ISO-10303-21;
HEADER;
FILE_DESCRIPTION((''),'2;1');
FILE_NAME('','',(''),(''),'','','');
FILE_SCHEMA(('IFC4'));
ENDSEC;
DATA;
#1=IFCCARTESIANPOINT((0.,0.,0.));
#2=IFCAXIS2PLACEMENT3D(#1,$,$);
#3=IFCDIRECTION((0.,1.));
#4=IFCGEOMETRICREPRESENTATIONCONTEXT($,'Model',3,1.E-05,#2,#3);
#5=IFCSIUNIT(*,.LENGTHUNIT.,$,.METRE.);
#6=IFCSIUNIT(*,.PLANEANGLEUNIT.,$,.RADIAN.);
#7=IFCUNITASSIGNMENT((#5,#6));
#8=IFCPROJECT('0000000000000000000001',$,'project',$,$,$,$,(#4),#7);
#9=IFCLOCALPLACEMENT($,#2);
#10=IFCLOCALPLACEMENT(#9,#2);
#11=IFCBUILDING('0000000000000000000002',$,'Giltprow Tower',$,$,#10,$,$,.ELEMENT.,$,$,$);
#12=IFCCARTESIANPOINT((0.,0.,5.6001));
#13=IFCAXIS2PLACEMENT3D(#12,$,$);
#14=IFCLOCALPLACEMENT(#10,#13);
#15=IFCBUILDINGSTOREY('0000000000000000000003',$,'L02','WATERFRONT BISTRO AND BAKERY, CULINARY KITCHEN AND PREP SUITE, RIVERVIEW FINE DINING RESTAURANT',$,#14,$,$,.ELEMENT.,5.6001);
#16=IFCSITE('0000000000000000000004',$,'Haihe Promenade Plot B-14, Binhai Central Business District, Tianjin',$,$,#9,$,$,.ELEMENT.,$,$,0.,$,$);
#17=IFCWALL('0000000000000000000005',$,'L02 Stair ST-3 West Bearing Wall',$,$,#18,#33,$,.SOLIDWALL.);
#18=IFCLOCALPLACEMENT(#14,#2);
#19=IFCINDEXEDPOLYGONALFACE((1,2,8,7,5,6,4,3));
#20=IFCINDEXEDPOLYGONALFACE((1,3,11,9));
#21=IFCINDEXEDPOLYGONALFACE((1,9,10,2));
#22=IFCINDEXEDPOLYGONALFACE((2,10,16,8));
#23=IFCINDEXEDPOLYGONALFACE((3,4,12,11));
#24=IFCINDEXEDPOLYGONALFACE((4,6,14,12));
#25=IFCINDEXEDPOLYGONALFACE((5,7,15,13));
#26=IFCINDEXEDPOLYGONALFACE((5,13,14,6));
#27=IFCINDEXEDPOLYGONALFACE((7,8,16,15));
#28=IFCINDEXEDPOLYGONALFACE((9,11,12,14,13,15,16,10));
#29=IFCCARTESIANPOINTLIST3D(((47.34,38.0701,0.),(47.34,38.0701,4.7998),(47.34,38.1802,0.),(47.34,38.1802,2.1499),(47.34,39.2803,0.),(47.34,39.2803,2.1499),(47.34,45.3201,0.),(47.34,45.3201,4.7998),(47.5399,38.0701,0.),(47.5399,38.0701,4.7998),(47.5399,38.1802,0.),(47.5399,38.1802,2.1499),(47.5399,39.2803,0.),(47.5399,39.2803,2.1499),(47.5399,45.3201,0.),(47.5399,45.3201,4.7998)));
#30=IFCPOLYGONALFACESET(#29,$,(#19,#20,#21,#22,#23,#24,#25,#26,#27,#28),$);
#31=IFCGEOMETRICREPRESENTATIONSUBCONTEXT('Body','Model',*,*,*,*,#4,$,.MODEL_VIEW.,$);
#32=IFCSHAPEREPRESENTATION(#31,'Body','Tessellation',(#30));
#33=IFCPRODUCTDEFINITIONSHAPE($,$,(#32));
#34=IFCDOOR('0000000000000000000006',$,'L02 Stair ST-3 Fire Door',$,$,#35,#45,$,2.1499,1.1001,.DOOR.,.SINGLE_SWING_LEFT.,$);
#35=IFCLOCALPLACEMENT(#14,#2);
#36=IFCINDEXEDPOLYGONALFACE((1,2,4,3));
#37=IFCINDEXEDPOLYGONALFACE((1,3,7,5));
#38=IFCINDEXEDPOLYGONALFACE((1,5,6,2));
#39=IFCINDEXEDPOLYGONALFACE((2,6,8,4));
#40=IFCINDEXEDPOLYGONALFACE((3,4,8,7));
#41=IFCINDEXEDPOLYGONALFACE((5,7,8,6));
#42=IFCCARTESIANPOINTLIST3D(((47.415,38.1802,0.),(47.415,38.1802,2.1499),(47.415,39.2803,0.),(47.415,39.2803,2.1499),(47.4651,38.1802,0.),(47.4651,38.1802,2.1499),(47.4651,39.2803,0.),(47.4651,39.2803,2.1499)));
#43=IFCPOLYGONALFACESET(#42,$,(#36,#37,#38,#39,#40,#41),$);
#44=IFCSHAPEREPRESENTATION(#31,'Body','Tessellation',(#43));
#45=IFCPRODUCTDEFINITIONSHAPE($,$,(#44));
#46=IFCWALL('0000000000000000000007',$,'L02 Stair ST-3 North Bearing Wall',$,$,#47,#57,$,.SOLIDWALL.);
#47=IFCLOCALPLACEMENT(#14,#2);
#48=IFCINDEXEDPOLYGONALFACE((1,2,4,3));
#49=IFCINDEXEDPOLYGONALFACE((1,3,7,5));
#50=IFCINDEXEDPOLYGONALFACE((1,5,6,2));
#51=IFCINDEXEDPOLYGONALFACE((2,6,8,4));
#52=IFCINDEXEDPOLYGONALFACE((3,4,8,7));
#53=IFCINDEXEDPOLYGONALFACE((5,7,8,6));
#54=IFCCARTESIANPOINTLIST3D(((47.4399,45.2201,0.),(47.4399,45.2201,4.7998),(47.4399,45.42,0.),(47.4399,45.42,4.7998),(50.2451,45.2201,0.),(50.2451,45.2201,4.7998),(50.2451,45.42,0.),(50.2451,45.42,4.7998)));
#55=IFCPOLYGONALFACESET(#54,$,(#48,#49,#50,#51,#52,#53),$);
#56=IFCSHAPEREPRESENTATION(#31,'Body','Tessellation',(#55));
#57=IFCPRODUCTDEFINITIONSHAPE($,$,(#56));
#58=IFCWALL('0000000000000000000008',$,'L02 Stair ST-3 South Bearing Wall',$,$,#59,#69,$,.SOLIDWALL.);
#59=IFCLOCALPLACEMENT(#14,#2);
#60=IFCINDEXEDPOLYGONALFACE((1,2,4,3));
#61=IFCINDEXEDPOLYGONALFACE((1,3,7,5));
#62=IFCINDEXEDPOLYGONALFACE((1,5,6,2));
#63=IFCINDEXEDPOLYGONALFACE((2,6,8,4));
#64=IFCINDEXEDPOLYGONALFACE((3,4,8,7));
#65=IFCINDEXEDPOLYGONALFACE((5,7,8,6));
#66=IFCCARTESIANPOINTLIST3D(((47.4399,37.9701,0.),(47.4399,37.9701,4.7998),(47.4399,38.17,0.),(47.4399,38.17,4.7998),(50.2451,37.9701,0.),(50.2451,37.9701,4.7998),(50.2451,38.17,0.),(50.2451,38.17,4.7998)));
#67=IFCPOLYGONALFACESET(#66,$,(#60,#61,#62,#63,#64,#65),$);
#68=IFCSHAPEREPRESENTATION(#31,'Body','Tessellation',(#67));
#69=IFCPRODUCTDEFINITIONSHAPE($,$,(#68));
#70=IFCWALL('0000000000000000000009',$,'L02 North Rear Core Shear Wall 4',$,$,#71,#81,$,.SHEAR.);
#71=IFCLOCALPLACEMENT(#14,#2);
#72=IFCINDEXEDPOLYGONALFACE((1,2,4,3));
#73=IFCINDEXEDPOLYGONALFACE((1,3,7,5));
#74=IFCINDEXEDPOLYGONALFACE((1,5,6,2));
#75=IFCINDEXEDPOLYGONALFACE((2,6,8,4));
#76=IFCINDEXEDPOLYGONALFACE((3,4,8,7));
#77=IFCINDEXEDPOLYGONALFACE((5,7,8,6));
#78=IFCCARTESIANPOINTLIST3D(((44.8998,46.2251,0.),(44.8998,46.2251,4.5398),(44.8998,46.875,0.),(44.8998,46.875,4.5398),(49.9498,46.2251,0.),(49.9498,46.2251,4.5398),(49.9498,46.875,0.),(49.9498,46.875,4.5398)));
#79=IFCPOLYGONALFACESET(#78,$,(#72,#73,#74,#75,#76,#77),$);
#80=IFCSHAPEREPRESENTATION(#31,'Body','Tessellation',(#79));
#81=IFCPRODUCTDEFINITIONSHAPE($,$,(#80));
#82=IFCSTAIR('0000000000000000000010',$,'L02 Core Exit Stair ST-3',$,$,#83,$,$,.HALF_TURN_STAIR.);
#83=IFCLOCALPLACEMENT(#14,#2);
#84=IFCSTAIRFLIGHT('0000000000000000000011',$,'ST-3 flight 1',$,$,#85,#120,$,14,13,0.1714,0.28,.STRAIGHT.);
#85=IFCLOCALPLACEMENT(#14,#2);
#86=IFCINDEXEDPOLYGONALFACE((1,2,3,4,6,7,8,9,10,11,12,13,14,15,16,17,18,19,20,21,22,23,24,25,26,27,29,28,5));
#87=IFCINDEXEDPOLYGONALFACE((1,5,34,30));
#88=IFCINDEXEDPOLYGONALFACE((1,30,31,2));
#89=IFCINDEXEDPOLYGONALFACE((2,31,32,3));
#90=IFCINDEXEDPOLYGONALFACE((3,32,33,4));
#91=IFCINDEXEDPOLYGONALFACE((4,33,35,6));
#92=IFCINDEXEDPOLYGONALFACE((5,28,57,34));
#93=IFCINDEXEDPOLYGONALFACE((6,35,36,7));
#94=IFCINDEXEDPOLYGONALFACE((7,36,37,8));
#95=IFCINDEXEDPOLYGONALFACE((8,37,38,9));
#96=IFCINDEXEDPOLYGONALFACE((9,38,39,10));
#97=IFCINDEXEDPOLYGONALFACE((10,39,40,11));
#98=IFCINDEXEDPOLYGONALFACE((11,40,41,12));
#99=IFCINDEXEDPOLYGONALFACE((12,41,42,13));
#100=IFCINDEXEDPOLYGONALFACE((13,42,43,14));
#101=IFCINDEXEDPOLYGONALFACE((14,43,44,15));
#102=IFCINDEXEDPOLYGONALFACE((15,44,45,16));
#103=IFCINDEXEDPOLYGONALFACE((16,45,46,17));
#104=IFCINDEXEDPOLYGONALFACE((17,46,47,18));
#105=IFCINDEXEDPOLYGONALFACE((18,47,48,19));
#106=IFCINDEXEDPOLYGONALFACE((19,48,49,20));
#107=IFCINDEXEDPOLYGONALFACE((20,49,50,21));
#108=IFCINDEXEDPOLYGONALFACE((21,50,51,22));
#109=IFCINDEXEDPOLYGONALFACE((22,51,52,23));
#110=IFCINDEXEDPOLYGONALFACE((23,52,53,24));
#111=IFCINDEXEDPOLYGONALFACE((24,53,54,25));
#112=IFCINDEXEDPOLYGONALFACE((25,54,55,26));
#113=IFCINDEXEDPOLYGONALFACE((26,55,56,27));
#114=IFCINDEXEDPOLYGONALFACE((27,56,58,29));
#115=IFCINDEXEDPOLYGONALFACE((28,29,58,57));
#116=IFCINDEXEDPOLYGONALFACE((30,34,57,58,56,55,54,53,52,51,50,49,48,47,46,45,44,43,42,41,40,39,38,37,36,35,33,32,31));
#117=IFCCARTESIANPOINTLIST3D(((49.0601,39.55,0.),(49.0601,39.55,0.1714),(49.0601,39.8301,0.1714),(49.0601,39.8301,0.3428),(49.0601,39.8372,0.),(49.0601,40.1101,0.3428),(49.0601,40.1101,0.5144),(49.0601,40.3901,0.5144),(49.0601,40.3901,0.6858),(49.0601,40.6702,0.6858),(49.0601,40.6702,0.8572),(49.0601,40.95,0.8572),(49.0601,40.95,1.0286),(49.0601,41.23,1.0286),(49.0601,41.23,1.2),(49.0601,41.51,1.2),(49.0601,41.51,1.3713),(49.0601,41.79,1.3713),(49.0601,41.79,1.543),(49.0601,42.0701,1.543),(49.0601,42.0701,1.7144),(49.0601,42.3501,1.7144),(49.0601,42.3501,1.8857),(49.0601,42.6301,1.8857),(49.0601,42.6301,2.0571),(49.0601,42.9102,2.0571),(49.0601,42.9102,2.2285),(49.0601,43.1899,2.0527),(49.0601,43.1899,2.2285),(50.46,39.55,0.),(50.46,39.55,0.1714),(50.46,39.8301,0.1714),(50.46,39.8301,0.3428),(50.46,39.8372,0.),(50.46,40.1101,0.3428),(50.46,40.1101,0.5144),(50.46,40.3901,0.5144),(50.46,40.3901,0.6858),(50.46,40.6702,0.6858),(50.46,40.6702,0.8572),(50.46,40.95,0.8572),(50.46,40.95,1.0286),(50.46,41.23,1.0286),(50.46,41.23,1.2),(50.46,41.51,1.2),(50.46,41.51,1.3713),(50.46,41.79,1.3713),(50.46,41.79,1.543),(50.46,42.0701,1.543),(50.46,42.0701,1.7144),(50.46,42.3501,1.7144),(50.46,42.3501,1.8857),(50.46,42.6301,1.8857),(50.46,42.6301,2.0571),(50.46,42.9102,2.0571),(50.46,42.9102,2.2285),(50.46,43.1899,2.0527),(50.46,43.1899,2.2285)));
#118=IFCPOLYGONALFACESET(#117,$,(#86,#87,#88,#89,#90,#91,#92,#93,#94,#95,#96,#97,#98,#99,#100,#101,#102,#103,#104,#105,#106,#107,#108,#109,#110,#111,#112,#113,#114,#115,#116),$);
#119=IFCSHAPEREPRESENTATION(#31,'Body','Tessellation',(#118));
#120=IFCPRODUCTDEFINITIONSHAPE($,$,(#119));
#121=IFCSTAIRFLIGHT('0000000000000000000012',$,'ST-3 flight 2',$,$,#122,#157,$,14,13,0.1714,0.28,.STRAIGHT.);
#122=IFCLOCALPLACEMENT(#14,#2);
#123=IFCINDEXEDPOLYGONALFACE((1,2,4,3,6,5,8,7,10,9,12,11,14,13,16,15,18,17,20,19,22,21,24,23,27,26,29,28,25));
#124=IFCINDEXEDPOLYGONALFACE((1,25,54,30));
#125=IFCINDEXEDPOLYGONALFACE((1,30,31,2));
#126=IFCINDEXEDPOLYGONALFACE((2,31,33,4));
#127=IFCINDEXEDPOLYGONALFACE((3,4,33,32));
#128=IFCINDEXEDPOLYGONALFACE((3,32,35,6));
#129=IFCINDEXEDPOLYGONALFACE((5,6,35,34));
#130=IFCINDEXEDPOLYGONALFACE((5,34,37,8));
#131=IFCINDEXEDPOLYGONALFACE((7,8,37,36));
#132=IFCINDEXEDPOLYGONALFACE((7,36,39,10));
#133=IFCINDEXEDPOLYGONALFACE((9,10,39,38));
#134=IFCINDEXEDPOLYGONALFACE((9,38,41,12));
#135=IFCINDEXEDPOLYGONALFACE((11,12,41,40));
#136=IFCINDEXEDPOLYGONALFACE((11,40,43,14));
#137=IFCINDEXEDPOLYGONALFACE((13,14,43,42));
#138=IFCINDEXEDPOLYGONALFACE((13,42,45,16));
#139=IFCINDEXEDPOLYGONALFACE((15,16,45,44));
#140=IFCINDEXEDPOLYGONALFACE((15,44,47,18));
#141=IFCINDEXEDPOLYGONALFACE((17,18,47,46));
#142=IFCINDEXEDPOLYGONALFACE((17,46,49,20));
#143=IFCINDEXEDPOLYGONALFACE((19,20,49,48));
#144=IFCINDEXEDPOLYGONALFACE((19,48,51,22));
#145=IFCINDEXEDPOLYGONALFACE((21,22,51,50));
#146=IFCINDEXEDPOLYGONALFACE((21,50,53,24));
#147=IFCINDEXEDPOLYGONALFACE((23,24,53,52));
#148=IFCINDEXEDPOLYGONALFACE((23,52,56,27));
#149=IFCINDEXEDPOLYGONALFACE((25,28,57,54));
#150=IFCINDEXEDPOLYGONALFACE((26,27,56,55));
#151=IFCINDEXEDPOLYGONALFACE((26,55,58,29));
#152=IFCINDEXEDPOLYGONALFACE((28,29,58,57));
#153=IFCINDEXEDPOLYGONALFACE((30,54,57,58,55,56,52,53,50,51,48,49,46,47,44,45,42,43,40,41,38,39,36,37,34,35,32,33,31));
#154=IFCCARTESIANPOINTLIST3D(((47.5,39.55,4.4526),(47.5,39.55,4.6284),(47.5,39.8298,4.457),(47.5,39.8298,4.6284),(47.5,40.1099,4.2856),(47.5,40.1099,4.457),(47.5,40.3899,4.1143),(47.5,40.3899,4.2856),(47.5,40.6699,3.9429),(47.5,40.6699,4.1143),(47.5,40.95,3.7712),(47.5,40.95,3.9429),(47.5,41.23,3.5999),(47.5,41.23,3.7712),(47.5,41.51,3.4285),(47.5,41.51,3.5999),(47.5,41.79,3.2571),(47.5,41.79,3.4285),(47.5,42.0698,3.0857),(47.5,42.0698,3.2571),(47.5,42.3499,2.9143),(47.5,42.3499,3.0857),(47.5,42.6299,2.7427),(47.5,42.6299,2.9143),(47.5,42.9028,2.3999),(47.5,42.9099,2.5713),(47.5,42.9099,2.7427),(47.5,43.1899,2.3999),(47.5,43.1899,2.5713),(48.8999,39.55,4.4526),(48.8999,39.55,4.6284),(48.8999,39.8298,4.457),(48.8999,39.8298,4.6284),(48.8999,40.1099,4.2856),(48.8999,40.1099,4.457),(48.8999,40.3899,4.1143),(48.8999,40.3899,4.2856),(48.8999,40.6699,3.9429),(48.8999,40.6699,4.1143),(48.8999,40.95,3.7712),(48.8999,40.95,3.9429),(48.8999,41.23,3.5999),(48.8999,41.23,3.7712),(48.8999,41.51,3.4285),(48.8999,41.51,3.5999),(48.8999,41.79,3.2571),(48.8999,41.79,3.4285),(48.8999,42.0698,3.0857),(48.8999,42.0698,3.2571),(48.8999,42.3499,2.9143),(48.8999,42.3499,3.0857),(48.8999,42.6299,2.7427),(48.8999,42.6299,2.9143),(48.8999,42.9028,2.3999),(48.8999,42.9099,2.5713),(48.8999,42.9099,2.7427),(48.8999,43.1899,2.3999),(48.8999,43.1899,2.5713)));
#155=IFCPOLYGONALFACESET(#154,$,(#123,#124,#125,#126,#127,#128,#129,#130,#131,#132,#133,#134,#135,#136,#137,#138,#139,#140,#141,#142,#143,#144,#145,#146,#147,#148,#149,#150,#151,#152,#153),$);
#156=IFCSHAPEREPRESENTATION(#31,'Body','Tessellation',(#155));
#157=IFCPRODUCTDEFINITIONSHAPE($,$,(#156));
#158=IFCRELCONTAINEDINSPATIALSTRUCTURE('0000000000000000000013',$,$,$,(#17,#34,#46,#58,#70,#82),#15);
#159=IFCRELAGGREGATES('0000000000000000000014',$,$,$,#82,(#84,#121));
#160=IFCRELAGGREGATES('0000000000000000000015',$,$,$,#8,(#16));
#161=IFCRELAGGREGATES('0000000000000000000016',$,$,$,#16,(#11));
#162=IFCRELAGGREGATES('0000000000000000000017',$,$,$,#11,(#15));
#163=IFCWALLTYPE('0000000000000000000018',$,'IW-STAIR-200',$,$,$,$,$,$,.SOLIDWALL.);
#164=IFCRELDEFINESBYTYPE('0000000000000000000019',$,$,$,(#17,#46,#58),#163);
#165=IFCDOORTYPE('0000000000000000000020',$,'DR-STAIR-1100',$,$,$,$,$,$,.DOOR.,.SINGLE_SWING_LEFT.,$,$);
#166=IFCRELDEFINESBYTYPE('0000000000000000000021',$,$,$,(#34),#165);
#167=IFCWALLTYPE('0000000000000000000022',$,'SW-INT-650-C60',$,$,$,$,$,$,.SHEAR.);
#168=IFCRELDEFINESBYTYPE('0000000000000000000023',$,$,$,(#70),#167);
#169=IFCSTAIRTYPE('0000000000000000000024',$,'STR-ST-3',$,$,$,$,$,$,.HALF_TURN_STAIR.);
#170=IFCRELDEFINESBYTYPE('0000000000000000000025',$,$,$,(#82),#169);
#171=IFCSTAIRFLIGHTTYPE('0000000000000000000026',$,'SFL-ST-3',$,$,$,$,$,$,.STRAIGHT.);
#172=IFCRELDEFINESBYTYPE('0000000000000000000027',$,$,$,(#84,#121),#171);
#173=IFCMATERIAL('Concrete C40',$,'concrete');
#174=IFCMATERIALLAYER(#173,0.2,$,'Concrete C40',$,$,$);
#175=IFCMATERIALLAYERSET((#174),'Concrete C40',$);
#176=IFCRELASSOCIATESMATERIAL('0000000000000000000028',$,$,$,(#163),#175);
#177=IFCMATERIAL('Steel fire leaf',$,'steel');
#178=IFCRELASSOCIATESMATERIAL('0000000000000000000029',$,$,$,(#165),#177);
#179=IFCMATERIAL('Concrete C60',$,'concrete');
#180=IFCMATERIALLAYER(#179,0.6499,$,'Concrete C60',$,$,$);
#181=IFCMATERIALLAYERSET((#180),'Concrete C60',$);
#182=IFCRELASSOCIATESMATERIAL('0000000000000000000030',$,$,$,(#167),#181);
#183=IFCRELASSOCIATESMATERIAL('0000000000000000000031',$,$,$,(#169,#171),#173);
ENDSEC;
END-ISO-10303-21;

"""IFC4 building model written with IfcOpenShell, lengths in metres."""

from ifc_helpers import new_model, si_unit, direction, frame, frame_2d, origin, place, context, subcontext, project, spatial, polyline, rectangle, outline, extrude, source, transform, mapped, material, layer, layer_set, type_object, element, fill, aggregate, save


model = new_model("IFC4")

# Units and contexts
model_context = context("Model", 3, precision=1e-05, world=origin(), true_north=direction((0.0, 1.0)))
body_context = subcontext(model_context, "Body", "Model", "MODEL_VIEW")
ifc_project = project(units=[si_unit("LENGTHUNIT", "METRE"), si_unit("PLANEANGLEUNIT", "RADIAN")], contexts=[model_context])

# Site, building, storey
site_placement = place(None, origin())
site = spatial("IfcSite", under=ifc_project, at=site_placement, Name="Haihe Promenade Plot B-14, Binhai Central Business District, Tianjin", CompositionType="ELEMENT", RefElevation=0.0)
building_placement = place(site_placement, origin())
building = spatial("IfcBuilding", under=site, at=building_placement, Name="Giltprow Tower", CompositionType="ELEMENT")
storey_placement = place(building_placement, frame((0.0, 0.0, 5.6001)))
storey = spatial("IfcBuildingStorey", under=building, at=storey_placement, Name="L02", Description="WATERFRONT BISTRO AND BAKERY, CULINARY KITCHEN AND PREP SUITE, RIVERVIEW FINE DINING RESTAURANT", CompositionType="ELEMENT", Elevation=5.6001)

# Shared definitions
ifc_material_1 = material(Name="Concrete C40", Category="concrete")

# Wall, opening, door
ifc_layer_1 = layer(ifc_material_1, 0.2, Name="Concrete C40")
ifc_layer_set_1 = layer_set([ifc_layer_1], Name="Concrete C40")
wall_type_1 = type_object("IfcWallType", Name="IW-STAIR-200", PredefinedType="SOLIDWALL", material=ifc_layer_set_1)
wall_1_placement = place(storey_placement, frame((47.4399, 38.0701, 0.0), z_axis=(0.0, 0.0, 1.0), x_axis=(0.0, 1.0, 0.0)))
wall_1 = element("IfcWall", 1, at=wall_1_placement, inside=storey, type_object=wall_type_1, Name="L02 Stair ST-3 West Bearing Wall", PredefinedType="SOLIDWALL", context=body_context, shape_type="SweptSolid", body=[
    extrude(rectangle(XDim=7.25, YDim=0.2, at=frame_2d((3.625, 0.0))), origin(), (0.0, 0.0, 1.0), 4.7998),
])
opening_1_placement = place(wall_1_placement, frame((0.1101, 0.0, 0.0)))
opening_1 = element("IfcOpeningElement", 2, at=opening_1_placement, cuts=wall_1, PredefinedType="OPENING", context=body_context, shape_type="SweptSolid", body=[
    extrude(rectangle(XDim=1.1001, YDim=2.1499, at=frame_2d((0.55, 1.075))), frame((0.0, 0.1099, 0.0), z_axis=(0.0, -1.0, 0.0), x_axis=(1.0, 0.0, 0.0)), (0.0, 0.0, 1.0), 0.22),
])
ifc_material_2 = material(Name="Steel fire leaf", Category="steel")
door_type_1 = type_object("IfcDoorType", Name="DR-STAIR-1100", OperationType="SINGLE_SWING_LEFT", PredefinedType="DOOR", material=ifc_material_2)
shared_shape_1 = source(origin(), body_context, "Body", "SweptSolid", [
    extrude(rectangle(XDim=1.1001, YDim=2.1499, at=frame_2d((0.55, 1.075))), frame((0.0, 0.0249, 0.0), z_axis=(0.0, -1.0, 0.0), x_axis=(1.0, 0.0, 0.0)), (0.0, 0.0, 1.0), 0.05),
])
door_1_placement = place(opening_1_placement, origin())
door_1 = element("IfcDoor", 3, at=door_1_placement, inside=storey, type_object=door_type_1, Name="L02 Stair ST-3 Fire Door", OperationType="SINGLE_SWING_LEFT", OverallHeight=2.1499, OverallWidth=1.1001, PredefinedType="DOOR", context=body_context, shape_type="MappedRepresentation", body=[
    mapped(shared_shape_1, transform((0.0, 0.0, 0.0), x_axis=(1.0, 0.0, 0.0), y_axis=(0.0, 1.0, 0.0), z_axis=(0.0, 0.0, 1.0), scale=1.0)),
])
fill(opening_1, door_1)

# Walls
for number, where, z_axis, x_axis, name in (
    (4, (47.4399, 45.3201, 0.0), (0.0, 0.0, 1.0), (1.0, 0.0, 0.0), "L02 Stair ST-3 North Bearing Wall"),
    (5, (47.4399, 38.0701, 0.0), (0.0, 0.0, 1.0), (1.0, 0.0, 0.0), "L02 Stair ST-3 South Bearing Wall"),
):
    element("IfcWall", number, at=place(storey_placement, frame(where, z_axis=z_axis, x_axis=x_axis)), inside=storey, type_object=wall_type_1, Name=name, PredefinedType="SOLIDWALL", context=body_context, shape_type="SweptSolid", body=[
        extrude(rectangle(XDim=2.8052, YDim=0.2, at=frame_2d((1.4026, 0.0))), origin(), (0.0, 0.0, 1.0), 4.7998),
    ])
ifc_material_3 = material(Name="Concrete C60", Category="concrete")
ifc_layer_2 = layer(ifc_material_3, 0.6499, Name="Concrete C60")
ifc_layer_set_2 = layer_set([ifc_layer_2], Name="Concrete C60")
wall_type_2 = type_object("IfcWallType", Name="SW-INT-650-C60", PredefinedType="SHEAR", material=ifc_layer_set_2)
wall_2_placement = place(storey_placement, frame((44.8999, 46.55, 0.0), z_axis=(0.0, 0.0, 1.0), x_axis=(1.0, 0.0, 0.0)))
element("IfcWall", 6, at=wall_2_placement, inside=storey, type_object=wall_type_2, Name="L02 North Rear Core Shear Wall 4", PredefinedType="SHEAR", context=body_context, shape_type="SweptSolid", body=[
    extrude(rectangle(XDim=5.05, YDim=0.6499, at=frame_2d((2.5249, 0.0))), origin(), (0.0, 0.0, 1.0), 4.5398),
])

# Stair, stair flights
stair_type = type_object("IfcStairType", Name="STR-ST-3", PredefinedType="HALF_TURN_STAIR", material=ifc_material_1)
stair_placement = place(storey_placement, origin())
stair = element("IfcStair", 7, at=stair_placement, inside=storey, type_object=stair_type, Name="L02 Core Exit Stair ST-3", PredefinedType="HALF_TURN_STAIR")
stair_flight_type = type_object("IfcStairFlightType", Name="SFL-ST-3", PredefinedType="STRAIGHT", material=ifc_material_1)
stair_flight_1_placement = place(storey_placement, frame((49.76, 39.55, 0.0), z_axis=(0.0, 0.0, 1.0), x_axis=(0.0, 1.0, 0.0)))
stair_flight_1 = element("IfcStairFlight", 8, at=stair_flight_1_placement, type_object=stair_flight_type, Name="ST-3 flight 1", NumberOfRisers=14, NumberOfTreads=13, PredefinedType="STRAIGHT", RiserHeight=0.1714, TreadLength=0.28, context=body_context, shape_type="SweptSolid", body=[
    extrude(outline(polyline([(0.0, 0.0), (0.0, 0.1714), (0.28, 0.1714), (0.28, 0.3428), (0.5601, 0.3428), (0.5601, 0.5144), (0.8401, 0.5144), (0.8401, 0.6858), (1.1201, 0.6858), (1.1201, 0.8572), (1.3999, 0.8572), (1.3999, 1.0286), (1.6799, 1.0286), (1.6799, 1.2), (1.96, 1.2), (1.96, 1.3713), (2.24, 1.3713), (2.24, 1.543), (2.52, 1.543), (2.52, 1.7144), (2.8, 1.7144), (2.8, 1.8857), (3.0801, 1.8857), (3.0801, 2.0571), (3.3601, 2.0571), (3.3601, 2.2285), (3.6399, 2.2285), (3.6399, 2.3999), (3.6399, 2.0527), (0.2871, 0.0), (0.0, 0.0)])), frame((0.0, 0.7, 0.0), z_axis=(0.0, -1.0, 0.0), x_axis=(1.0, 0.0, 0.0)), (0.0, 0.0, 1.0), 1.3999),
])
stair_flight_2_placement = place(storey_placement, frame((48.2, 43.1899, 2.3999), z_axis=(0.0, 0.0, 1.0), x_axis=(0.0, -1.0, 0.0)))
stair_flight_2 = element("IfcStairFlight", 9, at=stair_flight_2_placement, type_object=stair_flight_type, Name="ST-3 flight 2", NumberOfRisers=14, NumberOfTreads=13, PredefinedType="STRAIGHT", RiserHeight=0.1714, TreadLength=0.28, context=body_context, shape_type="SweptSolid", body=[
    extrude(outline(polyline([(0.0, 0.0), (0.0, 0.1714), (0.28, 0.1714), (0.28, 0.3428), (0.5601, 0.3428), (0.5601, 0.5144), (0.8401, 0.5144), (0.8401, 0.6858), (1.1201, 0.6858), (1.1201, 0.8572), (1.3999, 0.8572), (1.3999, 1.0286), (1.6799, 1.0286), (1.6799, 1.2), (1.96, 1.2), (1.96, 1.3713), (2.24, 1.3713), (2.24, 1.543), (2.52, 1.543), (2.52, 1.7144), (2.8, 1.7144), (2.8, 1.8857), (3.0801, 1.8857), (3.0801, 2.0571), (3.3601, 2.0571), (3.3601, 2.2285), (3.6399, 2.2285), (3.6399, 2.3999), (3.6399, 2.0527), (0.2871, 0.0), (0.0, 0.0)])), frame((0.0, 0.7, 0.0), z_axis=(0.0, -1.0, 0.0), x_axis=(1.0, 0.0, 0.0)), (0.0, 0.0, 1.0), 1.3999),
])
aggregate(stair, [stair_flight_1, stair_flight_2])

save(model, "model.ifc")
